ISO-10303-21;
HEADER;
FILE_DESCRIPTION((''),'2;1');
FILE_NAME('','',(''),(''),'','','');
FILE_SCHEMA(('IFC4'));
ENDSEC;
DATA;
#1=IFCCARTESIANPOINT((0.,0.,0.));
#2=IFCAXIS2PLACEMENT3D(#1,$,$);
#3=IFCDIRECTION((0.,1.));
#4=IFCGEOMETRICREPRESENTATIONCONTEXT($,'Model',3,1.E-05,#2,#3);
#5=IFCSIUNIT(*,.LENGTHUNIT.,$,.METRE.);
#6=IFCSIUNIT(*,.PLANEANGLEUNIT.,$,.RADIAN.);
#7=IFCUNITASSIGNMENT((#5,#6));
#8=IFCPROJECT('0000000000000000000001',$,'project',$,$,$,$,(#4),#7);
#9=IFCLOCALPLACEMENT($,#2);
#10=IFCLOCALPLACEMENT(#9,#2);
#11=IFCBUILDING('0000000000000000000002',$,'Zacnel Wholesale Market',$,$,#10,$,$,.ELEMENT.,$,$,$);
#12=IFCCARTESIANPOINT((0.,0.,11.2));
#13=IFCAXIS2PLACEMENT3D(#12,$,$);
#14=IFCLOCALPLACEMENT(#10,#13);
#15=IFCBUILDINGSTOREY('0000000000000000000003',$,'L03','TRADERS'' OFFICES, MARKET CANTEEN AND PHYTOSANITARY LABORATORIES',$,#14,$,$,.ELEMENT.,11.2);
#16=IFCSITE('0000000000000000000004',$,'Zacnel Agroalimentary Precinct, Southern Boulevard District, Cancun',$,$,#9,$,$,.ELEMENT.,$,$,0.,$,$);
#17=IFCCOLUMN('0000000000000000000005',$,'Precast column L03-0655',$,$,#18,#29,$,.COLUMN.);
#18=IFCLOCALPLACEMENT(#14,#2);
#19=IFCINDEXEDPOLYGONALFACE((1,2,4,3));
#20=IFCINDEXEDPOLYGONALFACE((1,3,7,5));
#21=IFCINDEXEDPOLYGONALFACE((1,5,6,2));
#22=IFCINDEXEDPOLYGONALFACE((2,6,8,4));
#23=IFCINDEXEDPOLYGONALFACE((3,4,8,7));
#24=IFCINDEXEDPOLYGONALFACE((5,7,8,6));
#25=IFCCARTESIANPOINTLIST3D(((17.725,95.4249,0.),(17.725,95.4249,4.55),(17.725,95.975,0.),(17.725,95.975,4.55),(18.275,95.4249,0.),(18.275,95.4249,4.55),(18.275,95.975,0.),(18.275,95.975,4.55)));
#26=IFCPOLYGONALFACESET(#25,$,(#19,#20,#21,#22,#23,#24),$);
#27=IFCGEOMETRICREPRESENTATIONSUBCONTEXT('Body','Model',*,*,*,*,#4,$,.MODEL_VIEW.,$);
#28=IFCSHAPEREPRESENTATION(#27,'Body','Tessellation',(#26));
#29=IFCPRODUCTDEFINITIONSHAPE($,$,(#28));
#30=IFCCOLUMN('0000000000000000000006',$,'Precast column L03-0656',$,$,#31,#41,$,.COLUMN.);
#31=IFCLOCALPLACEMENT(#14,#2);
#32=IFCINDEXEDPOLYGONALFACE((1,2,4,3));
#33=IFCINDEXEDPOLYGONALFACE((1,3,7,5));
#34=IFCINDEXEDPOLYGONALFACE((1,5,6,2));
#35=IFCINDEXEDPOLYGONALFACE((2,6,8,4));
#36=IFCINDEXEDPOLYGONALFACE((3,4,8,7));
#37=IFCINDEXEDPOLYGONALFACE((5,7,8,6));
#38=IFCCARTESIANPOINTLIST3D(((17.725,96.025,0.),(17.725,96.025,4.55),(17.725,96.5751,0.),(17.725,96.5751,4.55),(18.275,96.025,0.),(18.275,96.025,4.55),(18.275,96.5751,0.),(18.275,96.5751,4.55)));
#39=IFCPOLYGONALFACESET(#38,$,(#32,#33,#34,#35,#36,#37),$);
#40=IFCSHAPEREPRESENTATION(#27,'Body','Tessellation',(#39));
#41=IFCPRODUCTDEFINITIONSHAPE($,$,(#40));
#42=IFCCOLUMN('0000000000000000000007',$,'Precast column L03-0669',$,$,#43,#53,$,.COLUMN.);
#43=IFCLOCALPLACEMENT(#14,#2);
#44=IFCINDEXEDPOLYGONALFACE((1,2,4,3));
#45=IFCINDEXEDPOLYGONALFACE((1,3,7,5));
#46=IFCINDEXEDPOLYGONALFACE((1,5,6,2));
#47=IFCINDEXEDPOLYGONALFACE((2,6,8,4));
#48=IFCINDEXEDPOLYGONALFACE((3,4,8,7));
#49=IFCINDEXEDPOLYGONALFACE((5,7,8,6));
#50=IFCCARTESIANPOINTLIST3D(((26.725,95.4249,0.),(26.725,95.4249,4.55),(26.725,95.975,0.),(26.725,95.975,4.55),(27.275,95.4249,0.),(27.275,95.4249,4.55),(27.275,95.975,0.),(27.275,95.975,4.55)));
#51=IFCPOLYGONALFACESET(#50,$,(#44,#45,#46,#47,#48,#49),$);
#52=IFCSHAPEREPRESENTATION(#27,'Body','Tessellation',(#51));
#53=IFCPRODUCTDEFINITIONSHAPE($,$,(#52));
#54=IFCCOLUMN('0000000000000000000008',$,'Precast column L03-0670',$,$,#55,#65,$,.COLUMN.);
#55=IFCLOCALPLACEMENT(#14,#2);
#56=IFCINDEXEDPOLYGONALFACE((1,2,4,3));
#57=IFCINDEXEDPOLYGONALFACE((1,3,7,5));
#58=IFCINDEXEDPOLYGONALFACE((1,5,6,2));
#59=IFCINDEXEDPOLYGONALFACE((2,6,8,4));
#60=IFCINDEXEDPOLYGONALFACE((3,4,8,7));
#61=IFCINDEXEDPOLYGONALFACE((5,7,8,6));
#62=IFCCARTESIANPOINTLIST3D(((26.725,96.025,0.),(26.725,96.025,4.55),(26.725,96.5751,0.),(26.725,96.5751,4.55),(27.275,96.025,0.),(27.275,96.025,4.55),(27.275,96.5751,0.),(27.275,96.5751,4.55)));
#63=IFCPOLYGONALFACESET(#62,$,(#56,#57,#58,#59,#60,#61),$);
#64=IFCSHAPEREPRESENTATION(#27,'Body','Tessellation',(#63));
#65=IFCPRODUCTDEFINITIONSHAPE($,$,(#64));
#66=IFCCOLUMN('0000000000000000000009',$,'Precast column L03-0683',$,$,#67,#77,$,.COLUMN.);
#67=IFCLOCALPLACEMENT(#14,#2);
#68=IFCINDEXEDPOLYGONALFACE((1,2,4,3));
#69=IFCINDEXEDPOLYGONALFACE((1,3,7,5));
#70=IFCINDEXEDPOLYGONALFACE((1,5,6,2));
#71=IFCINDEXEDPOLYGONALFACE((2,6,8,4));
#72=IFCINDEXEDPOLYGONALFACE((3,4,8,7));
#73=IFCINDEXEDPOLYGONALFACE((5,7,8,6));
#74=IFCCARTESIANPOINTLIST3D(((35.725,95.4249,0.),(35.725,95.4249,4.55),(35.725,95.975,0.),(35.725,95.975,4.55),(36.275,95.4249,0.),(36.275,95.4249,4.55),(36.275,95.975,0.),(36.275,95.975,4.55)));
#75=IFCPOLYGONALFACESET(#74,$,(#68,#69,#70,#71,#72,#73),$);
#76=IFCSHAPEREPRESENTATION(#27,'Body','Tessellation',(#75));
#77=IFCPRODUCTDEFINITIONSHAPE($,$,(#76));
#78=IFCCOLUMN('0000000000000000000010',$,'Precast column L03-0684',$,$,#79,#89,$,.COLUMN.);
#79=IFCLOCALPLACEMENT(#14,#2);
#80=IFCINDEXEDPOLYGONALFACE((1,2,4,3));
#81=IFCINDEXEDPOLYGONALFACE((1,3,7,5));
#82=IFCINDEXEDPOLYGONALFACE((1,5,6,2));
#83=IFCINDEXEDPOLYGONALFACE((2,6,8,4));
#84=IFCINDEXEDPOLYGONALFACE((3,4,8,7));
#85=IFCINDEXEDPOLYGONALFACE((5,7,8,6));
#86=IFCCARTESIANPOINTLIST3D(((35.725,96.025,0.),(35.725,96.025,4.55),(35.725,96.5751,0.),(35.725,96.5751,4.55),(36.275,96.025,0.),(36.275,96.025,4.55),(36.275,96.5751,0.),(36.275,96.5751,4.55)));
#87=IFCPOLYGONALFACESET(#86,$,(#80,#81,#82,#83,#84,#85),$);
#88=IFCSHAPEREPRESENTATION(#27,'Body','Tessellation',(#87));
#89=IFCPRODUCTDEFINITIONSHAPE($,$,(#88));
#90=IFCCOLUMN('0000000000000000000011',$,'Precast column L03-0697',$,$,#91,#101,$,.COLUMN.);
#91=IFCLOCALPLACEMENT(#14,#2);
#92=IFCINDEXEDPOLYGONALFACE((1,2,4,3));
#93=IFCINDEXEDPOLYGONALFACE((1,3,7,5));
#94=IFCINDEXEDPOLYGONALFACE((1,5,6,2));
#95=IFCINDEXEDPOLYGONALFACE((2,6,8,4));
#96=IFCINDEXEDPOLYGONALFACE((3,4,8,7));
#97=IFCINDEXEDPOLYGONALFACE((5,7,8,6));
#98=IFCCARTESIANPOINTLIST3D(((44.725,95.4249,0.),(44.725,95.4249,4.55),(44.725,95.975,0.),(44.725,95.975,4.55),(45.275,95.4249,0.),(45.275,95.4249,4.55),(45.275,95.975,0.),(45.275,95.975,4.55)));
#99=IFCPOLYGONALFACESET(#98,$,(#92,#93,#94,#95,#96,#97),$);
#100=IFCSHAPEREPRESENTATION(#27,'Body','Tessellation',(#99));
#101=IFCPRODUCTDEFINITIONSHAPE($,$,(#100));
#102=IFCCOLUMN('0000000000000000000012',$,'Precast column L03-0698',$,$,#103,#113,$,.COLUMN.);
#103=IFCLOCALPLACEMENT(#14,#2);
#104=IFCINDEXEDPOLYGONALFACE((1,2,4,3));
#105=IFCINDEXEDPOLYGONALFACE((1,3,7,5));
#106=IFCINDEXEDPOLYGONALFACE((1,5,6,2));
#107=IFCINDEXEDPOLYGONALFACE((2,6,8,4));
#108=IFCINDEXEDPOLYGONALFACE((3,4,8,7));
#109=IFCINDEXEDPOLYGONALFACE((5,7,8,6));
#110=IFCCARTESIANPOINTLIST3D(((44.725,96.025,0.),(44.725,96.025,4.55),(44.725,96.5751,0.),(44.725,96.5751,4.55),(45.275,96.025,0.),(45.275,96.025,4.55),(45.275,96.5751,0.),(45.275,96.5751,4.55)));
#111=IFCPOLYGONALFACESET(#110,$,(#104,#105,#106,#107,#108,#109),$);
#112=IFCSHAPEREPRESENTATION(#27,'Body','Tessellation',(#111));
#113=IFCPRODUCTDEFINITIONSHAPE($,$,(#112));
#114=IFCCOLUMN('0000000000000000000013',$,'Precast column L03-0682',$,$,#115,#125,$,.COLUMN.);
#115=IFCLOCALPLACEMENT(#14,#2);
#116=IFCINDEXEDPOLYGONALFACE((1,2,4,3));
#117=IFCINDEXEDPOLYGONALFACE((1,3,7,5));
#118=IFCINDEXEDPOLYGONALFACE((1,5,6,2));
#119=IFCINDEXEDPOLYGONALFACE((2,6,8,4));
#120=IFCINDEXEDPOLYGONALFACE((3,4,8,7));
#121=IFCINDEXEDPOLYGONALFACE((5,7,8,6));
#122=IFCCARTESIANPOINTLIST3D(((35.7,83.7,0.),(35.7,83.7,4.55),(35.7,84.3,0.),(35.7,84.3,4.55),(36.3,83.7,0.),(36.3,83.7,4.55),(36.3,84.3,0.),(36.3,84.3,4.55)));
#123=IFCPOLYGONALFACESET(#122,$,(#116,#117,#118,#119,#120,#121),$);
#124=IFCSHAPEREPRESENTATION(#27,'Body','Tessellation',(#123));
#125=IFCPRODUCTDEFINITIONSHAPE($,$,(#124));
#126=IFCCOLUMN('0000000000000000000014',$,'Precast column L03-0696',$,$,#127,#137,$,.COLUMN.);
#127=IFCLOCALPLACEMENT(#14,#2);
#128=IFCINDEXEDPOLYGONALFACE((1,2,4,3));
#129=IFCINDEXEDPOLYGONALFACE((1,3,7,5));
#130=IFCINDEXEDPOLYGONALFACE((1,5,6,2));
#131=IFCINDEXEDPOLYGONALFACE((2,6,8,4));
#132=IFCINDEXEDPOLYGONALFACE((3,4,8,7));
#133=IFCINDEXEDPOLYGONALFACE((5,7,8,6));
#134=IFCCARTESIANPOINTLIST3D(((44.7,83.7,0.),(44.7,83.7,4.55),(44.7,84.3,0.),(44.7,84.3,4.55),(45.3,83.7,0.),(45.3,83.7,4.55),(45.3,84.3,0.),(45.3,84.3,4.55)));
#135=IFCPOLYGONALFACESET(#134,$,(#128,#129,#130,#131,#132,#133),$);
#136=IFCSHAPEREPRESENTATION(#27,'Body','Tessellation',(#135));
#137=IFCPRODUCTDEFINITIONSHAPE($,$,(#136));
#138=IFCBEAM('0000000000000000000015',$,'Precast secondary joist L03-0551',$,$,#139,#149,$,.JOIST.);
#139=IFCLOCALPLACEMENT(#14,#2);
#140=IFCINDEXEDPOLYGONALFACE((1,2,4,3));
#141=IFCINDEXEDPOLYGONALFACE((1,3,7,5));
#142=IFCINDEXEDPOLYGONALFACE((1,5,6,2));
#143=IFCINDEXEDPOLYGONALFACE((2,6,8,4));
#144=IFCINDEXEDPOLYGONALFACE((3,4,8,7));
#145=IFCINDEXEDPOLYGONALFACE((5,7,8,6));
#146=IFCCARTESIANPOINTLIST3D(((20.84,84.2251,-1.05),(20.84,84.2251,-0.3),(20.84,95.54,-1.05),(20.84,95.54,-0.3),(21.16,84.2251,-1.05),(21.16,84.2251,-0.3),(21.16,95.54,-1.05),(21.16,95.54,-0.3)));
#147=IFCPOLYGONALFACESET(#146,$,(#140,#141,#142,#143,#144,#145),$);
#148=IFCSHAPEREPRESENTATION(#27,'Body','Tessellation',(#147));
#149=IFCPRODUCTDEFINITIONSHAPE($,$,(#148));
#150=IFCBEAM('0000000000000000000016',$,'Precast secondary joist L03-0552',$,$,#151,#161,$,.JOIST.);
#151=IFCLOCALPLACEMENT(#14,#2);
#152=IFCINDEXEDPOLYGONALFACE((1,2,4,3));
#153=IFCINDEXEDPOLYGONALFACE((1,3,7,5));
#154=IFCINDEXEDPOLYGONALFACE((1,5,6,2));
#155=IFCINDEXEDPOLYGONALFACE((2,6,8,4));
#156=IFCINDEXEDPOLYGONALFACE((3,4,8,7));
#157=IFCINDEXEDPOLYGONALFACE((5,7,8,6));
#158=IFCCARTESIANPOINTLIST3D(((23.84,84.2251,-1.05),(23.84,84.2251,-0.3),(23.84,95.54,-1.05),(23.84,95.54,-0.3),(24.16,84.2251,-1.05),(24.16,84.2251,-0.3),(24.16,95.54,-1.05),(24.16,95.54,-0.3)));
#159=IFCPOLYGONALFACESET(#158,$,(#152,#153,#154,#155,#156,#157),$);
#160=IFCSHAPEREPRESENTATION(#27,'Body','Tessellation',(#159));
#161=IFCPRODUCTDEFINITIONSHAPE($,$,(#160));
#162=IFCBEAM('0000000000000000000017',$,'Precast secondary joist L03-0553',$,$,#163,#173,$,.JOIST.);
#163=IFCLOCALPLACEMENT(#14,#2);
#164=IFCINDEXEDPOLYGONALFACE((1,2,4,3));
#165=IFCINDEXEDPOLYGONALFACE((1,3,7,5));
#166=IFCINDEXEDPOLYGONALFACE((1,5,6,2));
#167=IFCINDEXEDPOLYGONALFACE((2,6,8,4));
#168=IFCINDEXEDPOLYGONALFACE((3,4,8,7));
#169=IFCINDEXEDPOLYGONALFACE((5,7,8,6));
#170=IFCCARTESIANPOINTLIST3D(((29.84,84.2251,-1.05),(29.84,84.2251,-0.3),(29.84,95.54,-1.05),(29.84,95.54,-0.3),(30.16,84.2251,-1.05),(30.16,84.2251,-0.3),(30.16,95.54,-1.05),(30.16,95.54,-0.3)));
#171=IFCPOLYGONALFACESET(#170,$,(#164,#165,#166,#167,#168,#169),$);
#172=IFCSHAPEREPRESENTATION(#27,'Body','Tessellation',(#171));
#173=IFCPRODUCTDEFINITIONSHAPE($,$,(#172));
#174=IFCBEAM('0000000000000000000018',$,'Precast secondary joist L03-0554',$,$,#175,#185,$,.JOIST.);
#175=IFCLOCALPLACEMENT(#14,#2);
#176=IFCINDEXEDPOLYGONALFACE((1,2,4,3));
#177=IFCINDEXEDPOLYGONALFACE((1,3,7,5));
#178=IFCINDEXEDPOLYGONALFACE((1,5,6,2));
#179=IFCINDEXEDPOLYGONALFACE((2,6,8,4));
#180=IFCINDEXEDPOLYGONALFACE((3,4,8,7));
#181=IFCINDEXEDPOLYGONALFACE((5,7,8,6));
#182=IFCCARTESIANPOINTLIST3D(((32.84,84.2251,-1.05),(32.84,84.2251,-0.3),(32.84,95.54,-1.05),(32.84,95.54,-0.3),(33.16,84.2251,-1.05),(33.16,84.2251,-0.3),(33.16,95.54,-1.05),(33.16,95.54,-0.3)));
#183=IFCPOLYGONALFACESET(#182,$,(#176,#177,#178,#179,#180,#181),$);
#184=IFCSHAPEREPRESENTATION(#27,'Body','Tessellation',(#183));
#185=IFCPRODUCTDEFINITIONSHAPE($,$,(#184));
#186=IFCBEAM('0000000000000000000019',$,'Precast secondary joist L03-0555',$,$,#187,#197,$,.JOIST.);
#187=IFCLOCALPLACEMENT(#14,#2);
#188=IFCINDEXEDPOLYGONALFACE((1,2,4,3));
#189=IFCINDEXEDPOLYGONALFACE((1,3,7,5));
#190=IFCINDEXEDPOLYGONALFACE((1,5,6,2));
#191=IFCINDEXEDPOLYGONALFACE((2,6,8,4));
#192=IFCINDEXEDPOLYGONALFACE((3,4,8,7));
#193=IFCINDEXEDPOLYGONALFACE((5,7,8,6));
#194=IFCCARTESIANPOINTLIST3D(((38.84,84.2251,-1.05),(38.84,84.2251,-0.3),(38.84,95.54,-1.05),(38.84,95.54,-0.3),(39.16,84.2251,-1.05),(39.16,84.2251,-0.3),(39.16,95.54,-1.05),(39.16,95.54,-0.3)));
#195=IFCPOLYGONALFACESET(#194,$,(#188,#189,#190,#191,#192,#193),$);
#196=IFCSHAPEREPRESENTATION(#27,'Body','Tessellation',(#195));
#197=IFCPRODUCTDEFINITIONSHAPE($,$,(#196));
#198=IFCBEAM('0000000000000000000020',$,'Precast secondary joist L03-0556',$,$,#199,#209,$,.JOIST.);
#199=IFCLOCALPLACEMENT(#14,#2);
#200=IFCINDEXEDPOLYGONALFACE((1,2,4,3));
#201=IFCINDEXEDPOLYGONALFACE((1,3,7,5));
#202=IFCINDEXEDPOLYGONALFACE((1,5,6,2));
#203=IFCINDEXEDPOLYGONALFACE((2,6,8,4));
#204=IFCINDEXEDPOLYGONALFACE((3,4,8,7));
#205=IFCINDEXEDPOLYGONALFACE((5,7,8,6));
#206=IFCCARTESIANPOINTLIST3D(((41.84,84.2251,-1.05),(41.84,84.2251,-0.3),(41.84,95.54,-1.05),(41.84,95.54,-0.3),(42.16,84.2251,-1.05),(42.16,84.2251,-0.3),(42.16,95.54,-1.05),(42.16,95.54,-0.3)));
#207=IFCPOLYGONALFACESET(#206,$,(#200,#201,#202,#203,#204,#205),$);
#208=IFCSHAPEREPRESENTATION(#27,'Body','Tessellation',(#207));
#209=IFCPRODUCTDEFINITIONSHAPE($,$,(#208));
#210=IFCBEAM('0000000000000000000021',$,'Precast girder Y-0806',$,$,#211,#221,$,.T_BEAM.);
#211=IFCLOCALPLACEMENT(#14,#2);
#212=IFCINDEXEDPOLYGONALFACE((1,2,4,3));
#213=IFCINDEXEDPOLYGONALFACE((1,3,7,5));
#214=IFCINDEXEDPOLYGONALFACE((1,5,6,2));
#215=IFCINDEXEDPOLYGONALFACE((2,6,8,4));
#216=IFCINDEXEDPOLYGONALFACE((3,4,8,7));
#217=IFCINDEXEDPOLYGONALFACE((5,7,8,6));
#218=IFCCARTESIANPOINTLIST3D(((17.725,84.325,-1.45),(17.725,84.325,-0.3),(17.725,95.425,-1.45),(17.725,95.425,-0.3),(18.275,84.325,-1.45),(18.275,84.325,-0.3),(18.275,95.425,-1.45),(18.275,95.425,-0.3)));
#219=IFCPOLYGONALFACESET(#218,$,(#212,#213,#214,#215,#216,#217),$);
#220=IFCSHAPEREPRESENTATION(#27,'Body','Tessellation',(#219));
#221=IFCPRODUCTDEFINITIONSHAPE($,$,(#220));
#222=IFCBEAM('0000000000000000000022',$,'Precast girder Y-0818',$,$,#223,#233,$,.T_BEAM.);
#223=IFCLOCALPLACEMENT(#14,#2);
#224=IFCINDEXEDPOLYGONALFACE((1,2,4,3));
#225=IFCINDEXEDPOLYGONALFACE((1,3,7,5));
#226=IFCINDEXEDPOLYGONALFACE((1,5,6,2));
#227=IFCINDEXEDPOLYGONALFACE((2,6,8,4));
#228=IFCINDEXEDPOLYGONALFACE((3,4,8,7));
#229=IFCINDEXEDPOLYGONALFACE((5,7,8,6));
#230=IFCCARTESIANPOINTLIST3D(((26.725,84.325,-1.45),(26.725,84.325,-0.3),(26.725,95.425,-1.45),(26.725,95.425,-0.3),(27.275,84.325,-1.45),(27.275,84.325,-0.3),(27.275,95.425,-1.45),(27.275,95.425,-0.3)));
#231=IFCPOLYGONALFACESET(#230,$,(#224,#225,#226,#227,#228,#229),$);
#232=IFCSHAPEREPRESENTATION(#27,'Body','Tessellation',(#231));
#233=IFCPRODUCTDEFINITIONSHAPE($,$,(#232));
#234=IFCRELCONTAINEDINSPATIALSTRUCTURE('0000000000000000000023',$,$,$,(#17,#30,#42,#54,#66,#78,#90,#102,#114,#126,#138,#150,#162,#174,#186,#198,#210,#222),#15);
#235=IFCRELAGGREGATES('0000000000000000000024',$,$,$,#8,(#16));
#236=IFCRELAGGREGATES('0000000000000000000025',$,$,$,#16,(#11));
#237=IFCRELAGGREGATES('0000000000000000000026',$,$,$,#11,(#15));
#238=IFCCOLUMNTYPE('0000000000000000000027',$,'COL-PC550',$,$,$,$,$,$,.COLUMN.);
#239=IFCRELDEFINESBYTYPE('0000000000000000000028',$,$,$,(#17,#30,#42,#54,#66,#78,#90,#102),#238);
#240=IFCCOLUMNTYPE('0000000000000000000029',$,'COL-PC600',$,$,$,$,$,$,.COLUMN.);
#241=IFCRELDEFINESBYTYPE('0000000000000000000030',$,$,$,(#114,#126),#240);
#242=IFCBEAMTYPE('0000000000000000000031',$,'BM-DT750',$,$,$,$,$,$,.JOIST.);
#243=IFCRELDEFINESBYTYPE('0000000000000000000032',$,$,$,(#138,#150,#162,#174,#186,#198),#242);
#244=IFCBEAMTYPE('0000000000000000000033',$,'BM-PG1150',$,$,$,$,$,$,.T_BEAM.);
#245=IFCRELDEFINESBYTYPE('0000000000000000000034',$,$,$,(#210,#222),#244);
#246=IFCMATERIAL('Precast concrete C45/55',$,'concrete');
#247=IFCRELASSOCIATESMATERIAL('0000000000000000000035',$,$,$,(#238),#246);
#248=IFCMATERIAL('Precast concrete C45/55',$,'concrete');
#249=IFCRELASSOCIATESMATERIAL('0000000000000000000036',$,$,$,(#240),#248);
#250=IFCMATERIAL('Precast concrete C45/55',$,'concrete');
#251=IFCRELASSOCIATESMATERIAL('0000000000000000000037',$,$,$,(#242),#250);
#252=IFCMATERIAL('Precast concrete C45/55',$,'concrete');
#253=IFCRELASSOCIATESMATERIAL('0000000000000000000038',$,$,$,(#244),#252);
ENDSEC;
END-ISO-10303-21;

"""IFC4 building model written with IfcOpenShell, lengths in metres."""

from ifc_helpers import new_model, si_unit, direction, frame, origin, origin_2d, place, context, subcontext, project, spatial, rectangle, extrude, material, material_profile, profile_set, type_object, element, save


model = new_model("IFC4")

# Units and contexts
model_context = context("Model", 3, precision=1e-05, world=origin(), true_north=direction((0.0, 1.0)))
body_context = subcontext(model_context, "Body", "Model", "MODEL_VIEW")
ifc_project = project(units=[si_unit("LENGTHUNIT", "METRE"), si_unit("PLANEANGLEUNIT", "RADIAN")], contexts=[model_context])

# Site, building, storey
site_placement = place(None, origin())
site = spatial("IfcSite", under=ifc_project, at=site_placement, Name="Zacnel Agroalimentary Precinct, Southern Boulevard District, Cancun", CompositionType="ELEMENT", RefElevation=0.0)
building_placement = place(site_placement, origin())
building = spatial("IfcBuilding", under=site, at=building_placement, Name="Zacnel Wholesale Market", CompositionType="ELEMENT")
storey_placement = place(building_placement, frame((0.0, 0.0, 11.2)))
storey = spatial("IfcBuildingStorey", under=building, at=storey_placement, Name="L03", Description="TRADERS' OFFICES, MARKET CANTEEN AND PHYTOSANITARY LABORATORIES", CompositionType="ELEMENT", Elevation=11.2)

# Columns
ifc_material_1 = material(Name="Precast concrete C45/55", Category="concrete")
ifc_material_profile_1 = material_profile(ifc_material_1, rectangle(XDim=0.55, YDim=0.55, at=origin_2d()), Name="PC 550x550")
ifc_profile_set_1 = profile_set([ifc_material_profile_1], Name="Precast concrete C45/55")
column_type_1 = type_object("IfcColumnType", Name="COL-PC550", PredefinedType="COLUMN", material=ifc_profile_set_1)
for number, where, z_axis, x_axis, name in (
    (1, (18.0, 95.7, 0.0), (0.0, 0.0, 1.0), (1.0, 0.0, 0.0), "Precast column L03-0655"),
    (2, (18.0, 96.3, 0.0), (0.0, 0.0, 1.0), (1.0, 0.0, 0.0), "Precast column L03-0656"),
    (3, (27.0, 95.7, 0.0), (0.0, 0.0, 1.0), (1.0, 0.0, 0.0), "Precast column L03-0669"),
    (4, (27.0, 96.3, 0.0), (0.0, 0.0, 1.0), (1.0, 0.0, 0.0), "Precast column L03-0670"),
    (5, (36.0, 95.7, 0.0), (0.0, 0.0, 1.0), (1.0, 0.0, 0.0), "Precast column L03-0683"),
    (6, (36.0, 96.3, 0.0), (0.0, 0.0, 1.0), (1.0, 0.0, 0.0), "Precast column L03-0684"),
    (7, (45.0, 95.7, 0.0), (0.0, 0.0, 1.0), (1.0, 0.0, 0.0), "Precast column L03-0697"),
    (8, (45.0, 96.3, 0.0), (0.0, 0.0, 1.0), (1.0, 0.0, 0.0), "Precast column L03-0698"),
):
    element("IfcColumn", number, at=place(storey_placement, frame(where, z_axis=z_axis, x_axis=x_axis)), inside=storey, type_object=column_type_1, Name=name, PredefinedType="COLUMN", context=body_context, shape_type="SweptSolid", body=[
        extrude(rectangle(XDim=0.55, YDim=0.55, at=origin_2d()), origin(), (0.0, 0.0, 1.0), 4.55),
    ])
ifc_material_2 = material(Name="Precast concrete C45/55", Category="concrete")
ifc_material_profile_2 = material_profile(ifc_material_2, rectangle(XDim=0.6001, YDim=0.6001, at=origin_2d()), Name="PC 600x600")
ifc_profile_set_2 = profile_set([ifc_material_profile_2], Name="Precast concrete C45/55")
column_type_2 = type_object("IfcColumnType", Name="COL-PC600", PredefinedType="COLUMN", material=ifc_profile_set_2)
for number, where, z_axis, x_axis, name in (
    (9, (36.0, 84.0, 0.0), (0.0, 0.0, 1.0), (1.0, 0.0, 0.0), "Precast column L03-0682"),
    (10, (45.0, 84.0, 0.0), (0.0, 0.0, 1.0), (1.0, 0.0, 0.0), "Precast column L03-0696"),
):
    element("IfcColumn", number, at=place(storey_placement, frame(where, z_axis=z_axis, x_axis=x_axis)), inside=storey, type_object=column_type_2, Name=name, PredefinedType="COLUMN", context=body_context, shape_type="SweptSolid", body=[
        extrude(rectangle(XDim=0.6001, YDim=0.6001, at=origin_2d()), origin(), (0.0, 0.0, 1.0), 4.55),
    ])

# Beams
ifc_material_3 = material(Name="Precast concrete C45/55", Category="concrete")
ifc_material_profile_3 = material_profile(ifc_material_3, rectangle(XDim=0.3201, YDim=0.75, at=origin_2d()), Name="DT RIB 320x750")
ifc_profile_set_3 = profile_set([ifc_material_profile_3], Name="Precast concrete C45/55")
beam_type_1 = type_object("IfcBeamType", Name="BM-DT750", PredefinedType="JOIST", material=ifc_profile_set_3)
for number, where, z_axis, x_axis, name in (
    (11, (21.0, 84.2251, -0.675), (0.0, 1.0, 0.0), (-1.0, 0.0, 0.0), "Precast secondary joist L03-0551"),
    (12, (24.0, 84.2251, -0.675), (0.0, 1.0, 0.0), (-1.0, 0.0, 0.0), "Precast secondary joist L03-0552"),
    (13, (30.0, 84.2251, -0.675), (0.0, 1.0, 0.0), (-1.0, 0.0, 0.0), "Precast secondary joist L03-0553"),
    (14, (33.0, 84.2251, -0.675), (0.0, 1.0, 0.0), (-1.0, 0.0, 0.0), "Precast secondary joist L03-0554"),
    (15, (39.0, 84.2251, -0.675), (0.0, 1.0, 0.0), (-1.0, 0.0, 0.0), "Precast secondary joist L03-0555"),
    (16, (42.0, 84.2251, -0.675), (0.0, 1.0, 0.0), (-1.0, 0.0, 0.0), "Precast secondary joist L03-0556"),
):
    element("IfcBeam", number, at=place(storey_placement, frame(where, z_axis=z_axis, x_axis=x_axis)), inside=storey, type_object=beam_type_1, Name=name, PredefinedType="JOIST", context=body_context, shape_type="SweptSolid", body=[
        extrude(rectangle(XDim=0.3201, YDim=0.75, at=origin_2d()), origin(), (0.0, 0.0, 1.0), 11.3149),
    ])
ifc_material_4 = material(Name="Precast concrete C45/55", Category="concrete")
ifc_material_profile_4 = material_profile(ifc_material_4, rectangle(XDim=0.55, YDim=1.1499, at=origin_2d()), Name="PG 550x1150")
ifc_profile_set_4 = profile_set([ifc_material_profile_4], Name="Precast concrete C45/55")
beam_type_2 = type_object("IfcBeamType", Name="BM-PG1150", PredefinedType="T_BEAM", material=ifc_profile_set_4)
for number, where, z_axis, x_axis, name in (
    (17, (18.0, 84.325, -0.875), (0.0, 1.0, 0.0), (-1.0, 0.0, 0.0), "Precast girder Y-0806"),
    (18, (27.0, 84.325, -0.875), (0.0, 1.0, 0.0), (-1.0, 0.0, 0.0), "Precast girder Y-0818"),
):
    element("IfcBeam", number, at=place(storey_placement, frame(where, z_axis=z_axis, x_axis=x_axis)), inside=storey, type_object=beam_type_2, Name=name, PredefinedType="T_BEAM", context=body_context, shape_type="SweptSolid", body=[
        extrude(rectangle(XDim=0.55, YDim=1.1499, at=origin_2d()), origin(), (0.0, 0.0, 1.0), 11.1001),
    ])

save(model, "model.ifc")
